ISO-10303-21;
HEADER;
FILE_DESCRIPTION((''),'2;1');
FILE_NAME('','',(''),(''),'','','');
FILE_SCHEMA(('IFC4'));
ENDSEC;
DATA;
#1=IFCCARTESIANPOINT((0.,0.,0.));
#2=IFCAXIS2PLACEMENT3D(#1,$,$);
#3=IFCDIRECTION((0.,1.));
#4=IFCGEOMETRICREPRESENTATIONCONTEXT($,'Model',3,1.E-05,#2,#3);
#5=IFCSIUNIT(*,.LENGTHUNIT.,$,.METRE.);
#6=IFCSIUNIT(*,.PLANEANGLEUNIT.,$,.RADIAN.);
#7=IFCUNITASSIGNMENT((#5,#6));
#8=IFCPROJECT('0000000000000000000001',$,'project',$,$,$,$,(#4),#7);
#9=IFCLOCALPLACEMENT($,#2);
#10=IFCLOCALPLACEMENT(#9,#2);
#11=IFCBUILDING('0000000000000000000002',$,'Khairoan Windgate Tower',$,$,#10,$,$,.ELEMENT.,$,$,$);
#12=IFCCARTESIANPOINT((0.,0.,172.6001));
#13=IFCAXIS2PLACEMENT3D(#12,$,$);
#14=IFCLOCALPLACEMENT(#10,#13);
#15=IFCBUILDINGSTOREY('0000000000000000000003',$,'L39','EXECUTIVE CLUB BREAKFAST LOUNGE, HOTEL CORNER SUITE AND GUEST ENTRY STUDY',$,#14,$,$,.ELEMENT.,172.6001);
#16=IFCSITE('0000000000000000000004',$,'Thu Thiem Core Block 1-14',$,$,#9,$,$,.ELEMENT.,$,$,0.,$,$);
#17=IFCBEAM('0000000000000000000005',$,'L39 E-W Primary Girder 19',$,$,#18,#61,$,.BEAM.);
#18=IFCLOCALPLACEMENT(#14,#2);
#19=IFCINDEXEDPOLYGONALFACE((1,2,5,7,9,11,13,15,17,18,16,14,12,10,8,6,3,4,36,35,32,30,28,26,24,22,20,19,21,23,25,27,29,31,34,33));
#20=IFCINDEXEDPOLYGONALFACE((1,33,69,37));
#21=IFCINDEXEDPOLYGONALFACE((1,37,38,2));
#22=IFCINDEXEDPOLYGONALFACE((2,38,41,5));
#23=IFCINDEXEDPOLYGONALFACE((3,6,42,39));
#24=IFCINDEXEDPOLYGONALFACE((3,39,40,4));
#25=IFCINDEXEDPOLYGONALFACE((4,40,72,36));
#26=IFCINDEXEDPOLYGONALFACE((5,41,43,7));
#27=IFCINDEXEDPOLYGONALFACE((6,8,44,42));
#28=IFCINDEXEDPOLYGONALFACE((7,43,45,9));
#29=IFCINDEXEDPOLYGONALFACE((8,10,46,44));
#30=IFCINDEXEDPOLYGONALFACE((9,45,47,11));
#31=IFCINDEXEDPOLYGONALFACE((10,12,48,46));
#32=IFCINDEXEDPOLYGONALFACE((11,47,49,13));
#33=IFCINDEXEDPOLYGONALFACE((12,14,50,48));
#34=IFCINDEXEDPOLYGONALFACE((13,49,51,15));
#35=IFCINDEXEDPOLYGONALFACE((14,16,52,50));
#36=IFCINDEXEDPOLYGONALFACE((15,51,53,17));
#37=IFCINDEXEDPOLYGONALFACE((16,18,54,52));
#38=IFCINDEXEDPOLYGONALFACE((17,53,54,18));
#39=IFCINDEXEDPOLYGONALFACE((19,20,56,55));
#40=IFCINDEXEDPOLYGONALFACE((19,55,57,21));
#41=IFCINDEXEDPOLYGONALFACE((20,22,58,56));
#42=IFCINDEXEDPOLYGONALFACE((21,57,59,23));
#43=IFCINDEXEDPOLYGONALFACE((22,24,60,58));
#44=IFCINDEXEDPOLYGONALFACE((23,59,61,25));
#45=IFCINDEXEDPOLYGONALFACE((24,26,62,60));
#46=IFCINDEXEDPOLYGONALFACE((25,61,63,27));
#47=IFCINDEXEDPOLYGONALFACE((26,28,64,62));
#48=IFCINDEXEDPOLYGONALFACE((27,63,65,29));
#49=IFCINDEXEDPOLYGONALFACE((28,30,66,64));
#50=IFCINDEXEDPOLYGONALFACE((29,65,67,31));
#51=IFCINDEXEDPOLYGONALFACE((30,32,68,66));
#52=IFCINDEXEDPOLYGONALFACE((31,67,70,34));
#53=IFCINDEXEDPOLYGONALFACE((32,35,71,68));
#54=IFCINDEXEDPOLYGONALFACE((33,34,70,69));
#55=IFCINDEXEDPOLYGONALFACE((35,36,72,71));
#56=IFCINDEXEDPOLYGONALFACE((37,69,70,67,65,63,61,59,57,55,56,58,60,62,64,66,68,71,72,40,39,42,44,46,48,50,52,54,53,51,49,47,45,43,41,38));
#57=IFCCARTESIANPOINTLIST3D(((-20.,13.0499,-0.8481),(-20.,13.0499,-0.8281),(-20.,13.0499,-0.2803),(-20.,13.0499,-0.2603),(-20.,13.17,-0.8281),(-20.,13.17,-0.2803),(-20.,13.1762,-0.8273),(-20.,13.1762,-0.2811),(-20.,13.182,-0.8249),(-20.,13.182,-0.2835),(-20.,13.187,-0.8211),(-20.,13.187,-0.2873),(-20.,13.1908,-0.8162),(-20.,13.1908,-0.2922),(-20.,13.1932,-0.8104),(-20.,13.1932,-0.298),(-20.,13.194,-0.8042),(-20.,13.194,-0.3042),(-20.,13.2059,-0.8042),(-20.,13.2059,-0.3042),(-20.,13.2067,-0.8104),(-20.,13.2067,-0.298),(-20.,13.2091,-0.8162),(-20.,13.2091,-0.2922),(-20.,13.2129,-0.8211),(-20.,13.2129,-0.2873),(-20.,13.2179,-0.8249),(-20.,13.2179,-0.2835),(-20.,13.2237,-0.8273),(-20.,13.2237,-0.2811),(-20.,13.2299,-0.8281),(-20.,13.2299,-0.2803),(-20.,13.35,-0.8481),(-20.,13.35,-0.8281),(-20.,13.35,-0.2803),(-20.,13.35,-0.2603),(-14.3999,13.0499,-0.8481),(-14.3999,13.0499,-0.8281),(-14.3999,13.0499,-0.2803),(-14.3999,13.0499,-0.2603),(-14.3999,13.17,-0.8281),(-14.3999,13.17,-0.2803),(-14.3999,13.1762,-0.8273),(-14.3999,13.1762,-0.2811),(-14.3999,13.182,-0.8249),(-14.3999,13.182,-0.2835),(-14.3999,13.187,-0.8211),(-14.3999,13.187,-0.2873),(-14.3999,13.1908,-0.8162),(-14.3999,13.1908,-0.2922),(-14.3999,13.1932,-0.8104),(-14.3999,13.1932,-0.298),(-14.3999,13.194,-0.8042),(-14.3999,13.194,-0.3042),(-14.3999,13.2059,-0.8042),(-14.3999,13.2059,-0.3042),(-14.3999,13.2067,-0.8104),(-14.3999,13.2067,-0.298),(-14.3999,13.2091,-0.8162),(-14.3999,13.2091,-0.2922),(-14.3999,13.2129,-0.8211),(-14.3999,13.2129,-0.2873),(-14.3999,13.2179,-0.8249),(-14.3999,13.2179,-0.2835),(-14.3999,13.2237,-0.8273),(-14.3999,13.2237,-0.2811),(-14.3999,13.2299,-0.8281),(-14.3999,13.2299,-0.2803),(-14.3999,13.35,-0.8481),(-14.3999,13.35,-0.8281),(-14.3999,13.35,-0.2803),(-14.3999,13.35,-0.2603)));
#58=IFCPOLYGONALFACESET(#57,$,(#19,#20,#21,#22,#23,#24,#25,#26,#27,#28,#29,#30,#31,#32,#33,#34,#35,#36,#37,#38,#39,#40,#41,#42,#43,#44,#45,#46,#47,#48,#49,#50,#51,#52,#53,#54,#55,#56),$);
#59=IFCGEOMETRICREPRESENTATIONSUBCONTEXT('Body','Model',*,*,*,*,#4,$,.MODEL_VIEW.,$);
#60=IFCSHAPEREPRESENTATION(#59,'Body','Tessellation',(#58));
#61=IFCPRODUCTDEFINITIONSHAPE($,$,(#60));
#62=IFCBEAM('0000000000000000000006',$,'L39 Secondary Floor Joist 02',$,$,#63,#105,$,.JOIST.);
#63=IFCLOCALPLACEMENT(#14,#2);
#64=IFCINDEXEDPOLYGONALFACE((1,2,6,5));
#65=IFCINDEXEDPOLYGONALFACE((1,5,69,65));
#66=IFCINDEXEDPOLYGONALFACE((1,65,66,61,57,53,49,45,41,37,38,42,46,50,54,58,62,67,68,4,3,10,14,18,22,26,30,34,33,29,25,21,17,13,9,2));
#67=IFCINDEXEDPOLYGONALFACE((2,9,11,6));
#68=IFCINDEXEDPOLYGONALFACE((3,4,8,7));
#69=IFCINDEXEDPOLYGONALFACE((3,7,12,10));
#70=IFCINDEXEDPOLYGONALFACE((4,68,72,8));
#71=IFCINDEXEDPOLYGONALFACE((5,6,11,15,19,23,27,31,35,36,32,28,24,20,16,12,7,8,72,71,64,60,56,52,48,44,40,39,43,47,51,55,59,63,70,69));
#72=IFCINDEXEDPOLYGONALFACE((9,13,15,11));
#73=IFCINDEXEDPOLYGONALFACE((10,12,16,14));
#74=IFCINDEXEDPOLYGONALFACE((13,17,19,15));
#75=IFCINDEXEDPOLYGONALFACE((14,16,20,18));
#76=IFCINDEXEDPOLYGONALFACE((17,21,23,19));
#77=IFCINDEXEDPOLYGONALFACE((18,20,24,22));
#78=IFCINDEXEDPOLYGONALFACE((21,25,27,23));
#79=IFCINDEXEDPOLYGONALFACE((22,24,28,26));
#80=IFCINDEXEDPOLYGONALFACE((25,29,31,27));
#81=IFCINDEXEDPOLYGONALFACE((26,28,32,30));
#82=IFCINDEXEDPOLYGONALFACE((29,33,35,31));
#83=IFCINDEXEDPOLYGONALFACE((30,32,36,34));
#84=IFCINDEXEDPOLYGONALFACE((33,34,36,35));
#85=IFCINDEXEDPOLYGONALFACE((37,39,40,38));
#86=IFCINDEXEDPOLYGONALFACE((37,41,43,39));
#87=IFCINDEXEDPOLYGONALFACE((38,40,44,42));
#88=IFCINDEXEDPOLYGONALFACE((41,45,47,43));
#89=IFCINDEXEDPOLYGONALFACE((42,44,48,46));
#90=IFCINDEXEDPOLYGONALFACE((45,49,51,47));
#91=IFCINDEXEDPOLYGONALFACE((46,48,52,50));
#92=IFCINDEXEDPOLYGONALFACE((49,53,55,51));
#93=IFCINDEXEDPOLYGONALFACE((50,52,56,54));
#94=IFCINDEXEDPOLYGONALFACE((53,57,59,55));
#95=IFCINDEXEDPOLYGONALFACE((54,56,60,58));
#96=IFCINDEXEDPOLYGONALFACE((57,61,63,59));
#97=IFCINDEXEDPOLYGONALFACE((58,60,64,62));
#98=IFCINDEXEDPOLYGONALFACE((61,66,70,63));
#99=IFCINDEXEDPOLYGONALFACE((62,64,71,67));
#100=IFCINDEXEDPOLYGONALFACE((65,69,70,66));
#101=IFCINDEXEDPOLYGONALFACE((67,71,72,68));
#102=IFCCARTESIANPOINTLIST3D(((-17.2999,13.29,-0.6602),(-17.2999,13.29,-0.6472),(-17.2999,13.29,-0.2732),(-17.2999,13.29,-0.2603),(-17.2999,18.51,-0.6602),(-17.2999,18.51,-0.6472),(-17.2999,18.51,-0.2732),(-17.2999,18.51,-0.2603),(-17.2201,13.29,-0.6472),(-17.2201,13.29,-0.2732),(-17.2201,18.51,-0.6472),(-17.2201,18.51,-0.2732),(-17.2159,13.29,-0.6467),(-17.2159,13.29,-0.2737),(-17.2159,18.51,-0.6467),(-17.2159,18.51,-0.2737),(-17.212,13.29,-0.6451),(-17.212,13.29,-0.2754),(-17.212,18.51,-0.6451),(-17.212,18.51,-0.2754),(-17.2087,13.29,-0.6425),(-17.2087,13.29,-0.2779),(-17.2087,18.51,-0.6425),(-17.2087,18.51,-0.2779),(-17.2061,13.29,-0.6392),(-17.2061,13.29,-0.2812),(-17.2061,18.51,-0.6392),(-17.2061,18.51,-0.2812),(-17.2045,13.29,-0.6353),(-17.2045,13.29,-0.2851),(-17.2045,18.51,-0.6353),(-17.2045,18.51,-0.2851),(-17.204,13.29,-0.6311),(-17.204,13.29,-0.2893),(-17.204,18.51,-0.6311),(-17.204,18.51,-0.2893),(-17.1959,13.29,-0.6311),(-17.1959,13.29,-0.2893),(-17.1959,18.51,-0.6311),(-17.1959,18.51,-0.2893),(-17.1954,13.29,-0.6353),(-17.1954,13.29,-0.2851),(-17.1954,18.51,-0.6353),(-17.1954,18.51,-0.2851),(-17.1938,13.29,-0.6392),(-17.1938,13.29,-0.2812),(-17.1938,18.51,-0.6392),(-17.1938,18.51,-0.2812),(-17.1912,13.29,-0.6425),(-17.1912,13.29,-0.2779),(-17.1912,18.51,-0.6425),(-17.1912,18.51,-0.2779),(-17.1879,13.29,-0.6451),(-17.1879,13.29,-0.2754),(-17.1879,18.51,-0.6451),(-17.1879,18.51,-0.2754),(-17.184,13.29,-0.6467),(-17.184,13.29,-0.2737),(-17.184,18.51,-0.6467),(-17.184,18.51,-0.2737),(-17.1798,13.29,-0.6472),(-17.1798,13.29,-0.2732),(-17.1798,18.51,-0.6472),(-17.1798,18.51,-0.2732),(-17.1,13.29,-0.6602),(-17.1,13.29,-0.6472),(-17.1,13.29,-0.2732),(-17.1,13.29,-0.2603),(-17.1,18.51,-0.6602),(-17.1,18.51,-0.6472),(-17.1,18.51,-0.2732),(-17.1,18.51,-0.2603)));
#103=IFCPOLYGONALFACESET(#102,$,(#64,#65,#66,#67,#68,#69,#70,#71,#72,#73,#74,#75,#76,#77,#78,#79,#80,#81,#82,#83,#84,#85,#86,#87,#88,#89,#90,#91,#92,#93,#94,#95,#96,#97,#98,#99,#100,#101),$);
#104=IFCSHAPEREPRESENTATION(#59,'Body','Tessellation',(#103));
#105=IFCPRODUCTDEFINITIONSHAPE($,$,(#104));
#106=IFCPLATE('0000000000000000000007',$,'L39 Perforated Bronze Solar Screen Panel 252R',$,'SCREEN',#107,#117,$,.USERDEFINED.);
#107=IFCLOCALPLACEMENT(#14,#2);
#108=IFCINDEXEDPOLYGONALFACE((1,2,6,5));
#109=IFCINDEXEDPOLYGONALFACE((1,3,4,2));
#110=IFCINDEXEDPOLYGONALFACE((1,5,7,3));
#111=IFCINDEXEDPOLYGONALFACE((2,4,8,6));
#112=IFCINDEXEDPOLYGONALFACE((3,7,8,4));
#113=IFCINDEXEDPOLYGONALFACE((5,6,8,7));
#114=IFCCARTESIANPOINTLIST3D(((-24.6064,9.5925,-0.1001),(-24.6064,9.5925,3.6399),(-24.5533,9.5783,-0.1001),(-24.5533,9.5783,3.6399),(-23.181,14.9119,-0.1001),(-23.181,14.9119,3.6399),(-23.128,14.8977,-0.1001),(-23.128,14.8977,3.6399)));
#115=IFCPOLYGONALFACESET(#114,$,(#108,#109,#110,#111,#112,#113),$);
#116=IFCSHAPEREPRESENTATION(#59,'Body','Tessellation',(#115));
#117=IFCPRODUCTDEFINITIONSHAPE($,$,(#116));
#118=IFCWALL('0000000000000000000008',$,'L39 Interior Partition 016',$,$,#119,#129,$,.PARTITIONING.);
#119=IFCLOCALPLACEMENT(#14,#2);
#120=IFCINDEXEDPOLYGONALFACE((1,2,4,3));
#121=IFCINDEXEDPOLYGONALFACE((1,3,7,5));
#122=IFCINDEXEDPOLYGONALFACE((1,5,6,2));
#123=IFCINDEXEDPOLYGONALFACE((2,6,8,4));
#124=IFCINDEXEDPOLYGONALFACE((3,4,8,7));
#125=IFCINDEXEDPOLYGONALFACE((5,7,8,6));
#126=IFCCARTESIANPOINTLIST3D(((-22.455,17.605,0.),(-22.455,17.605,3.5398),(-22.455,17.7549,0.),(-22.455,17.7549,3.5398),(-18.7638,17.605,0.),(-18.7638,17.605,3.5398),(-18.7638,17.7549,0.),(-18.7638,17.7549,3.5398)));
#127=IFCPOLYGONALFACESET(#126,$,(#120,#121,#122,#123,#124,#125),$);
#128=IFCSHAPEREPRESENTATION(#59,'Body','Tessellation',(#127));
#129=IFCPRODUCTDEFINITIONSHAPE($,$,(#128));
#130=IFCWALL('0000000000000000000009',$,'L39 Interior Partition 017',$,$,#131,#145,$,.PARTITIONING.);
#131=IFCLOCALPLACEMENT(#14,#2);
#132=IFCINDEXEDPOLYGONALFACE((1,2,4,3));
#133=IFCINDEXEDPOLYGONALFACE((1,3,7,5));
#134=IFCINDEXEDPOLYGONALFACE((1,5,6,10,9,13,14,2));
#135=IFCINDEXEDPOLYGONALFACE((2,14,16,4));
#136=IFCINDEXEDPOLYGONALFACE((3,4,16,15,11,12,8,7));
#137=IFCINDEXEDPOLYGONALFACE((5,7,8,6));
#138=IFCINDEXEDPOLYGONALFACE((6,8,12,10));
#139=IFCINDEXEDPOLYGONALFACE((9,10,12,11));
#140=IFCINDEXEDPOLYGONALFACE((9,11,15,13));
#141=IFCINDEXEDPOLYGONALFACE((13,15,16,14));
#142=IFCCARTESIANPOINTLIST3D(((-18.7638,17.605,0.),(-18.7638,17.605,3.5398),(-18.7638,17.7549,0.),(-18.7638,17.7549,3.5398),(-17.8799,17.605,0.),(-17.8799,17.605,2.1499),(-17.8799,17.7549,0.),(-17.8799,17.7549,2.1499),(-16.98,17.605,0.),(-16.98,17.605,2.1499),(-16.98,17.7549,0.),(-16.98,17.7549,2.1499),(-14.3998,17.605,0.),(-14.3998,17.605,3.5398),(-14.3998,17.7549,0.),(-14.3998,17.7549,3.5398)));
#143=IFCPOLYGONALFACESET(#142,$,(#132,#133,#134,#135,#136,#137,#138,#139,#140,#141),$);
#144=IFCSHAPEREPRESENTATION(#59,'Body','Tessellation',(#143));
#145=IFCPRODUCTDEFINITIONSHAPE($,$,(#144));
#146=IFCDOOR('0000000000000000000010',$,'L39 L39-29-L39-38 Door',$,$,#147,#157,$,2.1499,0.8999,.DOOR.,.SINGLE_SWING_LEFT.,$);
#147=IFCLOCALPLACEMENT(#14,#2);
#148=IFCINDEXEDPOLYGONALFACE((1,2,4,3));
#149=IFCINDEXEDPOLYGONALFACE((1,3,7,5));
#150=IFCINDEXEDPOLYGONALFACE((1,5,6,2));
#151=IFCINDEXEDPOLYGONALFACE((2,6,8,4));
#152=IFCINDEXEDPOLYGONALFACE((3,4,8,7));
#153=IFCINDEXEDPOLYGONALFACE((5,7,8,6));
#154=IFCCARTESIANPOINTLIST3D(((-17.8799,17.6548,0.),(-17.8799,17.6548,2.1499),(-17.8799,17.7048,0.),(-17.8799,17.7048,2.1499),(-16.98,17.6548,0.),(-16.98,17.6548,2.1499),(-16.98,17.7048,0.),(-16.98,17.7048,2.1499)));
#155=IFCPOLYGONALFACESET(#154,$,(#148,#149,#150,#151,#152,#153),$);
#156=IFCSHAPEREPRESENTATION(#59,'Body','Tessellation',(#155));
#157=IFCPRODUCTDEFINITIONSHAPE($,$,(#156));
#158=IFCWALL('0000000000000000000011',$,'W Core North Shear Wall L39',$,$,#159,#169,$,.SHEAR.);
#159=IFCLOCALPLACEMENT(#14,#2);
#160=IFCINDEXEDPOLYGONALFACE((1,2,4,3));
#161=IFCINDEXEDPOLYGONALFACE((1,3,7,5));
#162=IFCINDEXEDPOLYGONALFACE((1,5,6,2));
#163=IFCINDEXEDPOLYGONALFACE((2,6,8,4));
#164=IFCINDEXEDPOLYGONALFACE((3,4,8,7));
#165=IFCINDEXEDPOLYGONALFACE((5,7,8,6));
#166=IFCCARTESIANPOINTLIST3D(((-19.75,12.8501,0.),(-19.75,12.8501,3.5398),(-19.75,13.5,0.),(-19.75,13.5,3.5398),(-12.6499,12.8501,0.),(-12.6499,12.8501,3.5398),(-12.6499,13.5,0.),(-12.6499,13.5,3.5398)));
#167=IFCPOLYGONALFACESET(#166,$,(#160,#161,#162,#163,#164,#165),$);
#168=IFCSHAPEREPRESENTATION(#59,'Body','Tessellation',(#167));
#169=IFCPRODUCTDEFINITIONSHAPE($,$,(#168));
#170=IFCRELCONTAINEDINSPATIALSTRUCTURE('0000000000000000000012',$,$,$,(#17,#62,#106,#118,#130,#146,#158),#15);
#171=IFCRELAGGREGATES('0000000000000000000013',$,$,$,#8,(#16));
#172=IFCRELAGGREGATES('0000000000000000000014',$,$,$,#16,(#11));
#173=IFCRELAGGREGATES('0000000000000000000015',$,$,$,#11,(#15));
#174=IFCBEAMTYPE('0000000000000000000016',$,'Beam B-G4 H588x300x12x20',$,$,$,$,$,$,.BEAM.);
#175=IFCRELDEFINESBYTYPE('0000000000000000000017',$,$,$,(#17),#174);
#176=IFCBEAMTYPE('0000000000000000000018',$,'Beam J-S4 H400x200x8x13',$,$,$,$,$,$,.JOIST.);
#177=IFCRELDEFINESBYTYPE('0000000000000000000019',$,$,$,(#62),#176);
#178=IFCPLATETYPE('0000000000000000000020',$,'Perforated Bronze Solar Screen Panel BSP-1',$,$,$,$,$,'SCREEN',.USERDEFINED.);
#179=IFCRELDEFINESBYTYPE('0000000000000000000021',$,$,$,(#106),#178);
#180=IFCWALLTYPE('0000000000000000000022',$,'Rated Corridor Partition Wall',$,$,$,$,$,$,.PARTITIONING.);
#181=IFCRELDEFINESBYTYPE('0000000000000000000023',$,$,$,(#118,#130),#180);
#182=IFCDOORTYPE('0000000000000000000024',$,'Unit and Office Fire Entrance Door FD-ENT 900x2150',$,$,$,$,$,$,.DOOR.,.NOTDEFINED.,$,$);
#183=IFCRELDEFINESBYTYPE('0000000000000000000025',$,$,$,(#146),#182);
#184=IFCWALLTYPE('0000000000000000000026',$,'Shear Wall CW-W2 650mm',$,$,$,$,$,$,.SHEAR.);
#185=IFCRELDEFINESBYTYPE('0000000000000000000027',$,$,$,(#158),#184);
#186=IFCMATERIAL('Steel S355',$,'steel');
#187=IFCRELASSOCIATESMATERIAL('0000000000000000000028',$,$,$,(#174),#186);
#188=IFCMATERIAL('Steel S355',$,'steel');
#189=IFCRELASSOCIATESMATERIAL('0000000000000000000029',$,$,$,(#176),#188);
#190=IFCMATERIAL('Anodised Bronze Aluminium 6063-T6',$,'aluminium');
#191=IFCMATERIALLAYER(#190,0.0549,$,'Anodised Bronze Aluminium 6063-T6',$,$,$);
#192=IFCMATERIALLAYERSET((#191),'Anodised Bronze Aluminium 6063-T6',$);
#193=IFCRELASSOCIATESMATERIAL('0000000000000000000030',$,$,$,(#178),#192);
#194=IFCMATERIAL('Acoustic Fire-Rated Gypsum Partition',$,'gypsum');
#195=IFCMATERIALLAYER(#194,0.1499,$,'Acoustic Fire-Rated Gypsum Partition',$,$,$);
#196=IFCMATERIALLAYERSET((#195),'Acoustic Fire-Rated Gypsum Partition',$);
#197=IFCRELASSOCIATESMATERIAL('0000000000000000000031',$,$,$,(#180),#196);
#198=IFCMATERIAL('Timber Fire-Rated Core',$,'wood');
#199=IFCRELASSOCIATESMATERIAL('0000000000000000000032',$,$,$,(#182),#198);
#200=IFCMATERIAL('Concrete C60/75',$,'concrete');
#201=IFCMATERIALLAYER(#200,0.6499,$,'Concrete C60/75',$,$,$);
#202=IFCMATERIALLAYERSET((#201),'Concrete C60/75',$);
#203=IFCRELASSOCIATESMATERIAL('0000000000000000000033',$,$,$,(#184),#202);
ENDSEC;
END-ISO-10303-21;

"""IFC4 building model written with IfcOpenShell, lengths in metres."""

from ifc_helpers import new_model, si_unit, direction, frame, frame_2d, origin, origin_2d, place, context, subcontext, project, spatial, rectangle, i_section, extrude, material, layer, layer_set, material_profile, profile_set, type_object, element, fill, save


model = new_model("IFC4")

# Units and contexts
model_context = context("Model", 3, precision=1e-05, world=origin(), true_north=direction((0.0, 1.0)))
body_context = subcontext(model_context, "Body", "Model", "MODEL_VIEW")
ifc_project = project(units=[si_unit("LENGTHUNIT", "METRE"), si_unit("PLANEANGLEUNIT", "RADIAN")], contexts=[model_context])

# Site, building, storey
site_placement = place(None, origin())
site = spatial("IfcSite", under=ifc_project, at=site_placement, Name="Thu Thiem Core Block 1-14", CompositionType="ELEMENT", RefElevation=0.0)
building_placement = place(site_placement, origin())
building = spatial("IfcBuilding", under=site, at=building_placement, Name="Khairoan Windgate Tower", CompositionType="ELEMENT")
storey_placement = place(building_placement, frame((0.0, 0.0, 172.6001)))
storey = spatial("IfcBuildingStorey", under=building, at=storey_placement, Name="L39", Description="EXECUTIVE CLUB BREAKFAST LOUNGE, HOTEL CORNER SUITE AND GUEST ENTRY STUDY", CompositionType="ELEMENT", Elevation=172.6001)

# Beams
ifc_material_1 = material(Name="Steel S355", Category="steel")
ifc_material_profile_1 = material_profile(ifc_material_1, i_section(OverallWidth=0.3, OverallDepth=0.5879, WebThickness=0.012, FlangeThickness=0.02, FilletRadius=0.0239, at=origin_2d()))
ifc_profile_set_1 = profile_set([ifc_material_profile_1], Name="Steel S355")
beam_type_1 = type_object("IfcBeamType", Name="Beam B-G4 H588x300x12x20", PredefinedType="BEAM", material=ifc_profile_set_1)
beam_1_placement = place(storey_placement, frame((-20.0, 13.2, -0.5542), z_axis=(1.0, 0.0, 0.0), x_axis=(0.0, 1.0, 0.0)))
element("IfcBeam", 1, at=beam_1_placement, inside=storey, type_object=beam_type_1, Name="L39 E-W Primary Girder 19", PredefinedType="BEAM", context=body_context, shape_type="SweptSolid", body=[
    extrude(i_section(OverallWidth=0.3, OverallDepth=0.5879, WebThickness=0.012, FlangeThickness=0.02, FilletRadius=0.0239, at=origin_2d()), origin(), (0.0, 0.0, 1.0), 5.6001),
])
ifc_material_2 = material(Name="Steel S355", Category="steel")
ifc_material_profile_2 = material_profile(ifc_material_2, i_section(OverallWidth=0.2, OverallDepth=0.3999, WebThickness=0.0081, FlangeThickness=0.0129, FilletRadius=0.0161, at=origin_2d()))
ifc_profile_set_2 = profile_set([ifc_material_profile_2], Name="Steel S355")
beam_type_2 = type_object("IfcBeamType", Name="Beam J-S4 H400x200x8x13", PredefinedType="JOIST", material=ifc_profile_set_2)
beam_2_placement = place(storey_placement, frame((-17.2, 13.29, -0.4602), z_axis=(0.0, 1.0, 0.0), x_axis=(-1.0, 0.0, 0.0)))
element("IfcBeam", 2, at=beam_2_placement, inside=storey, type_object=beam_type_2, Name="L39 Secondary Floor Joist 02", PredefinedType="JOIST", context=body_context, shape_type="SweptSolid", body=[
    extrude(i_section(OverallWidth=0.2, OverallDepth=0.3999, WebThickness=0.0081, FlangeThickness=0.0129, FilletRadius=0.0161, at=origin_2d()), origin(), (0.0, 0.0, 1.0), 5.22),
])

# Plate
ifc_material_3 = material(Name="Anodised Bronze Aluminium 6063-T6", Category="aluminium")
ifc_layer_1 = layer(ifc_material_3, 0.0549, Name="Anodised Bronze Aluminium 6063-T6")
ifc_layer_set_1 = layer_set([ifc_layer_1], Name="Anodised Bronze Aluminium 6063-T6")
plate_type = type_object("IfcPlateType", Name="Perforated Bronze Solar Screen Panel BSP-1", ElementType="SCREEN", PredefinedType="USERDEFINED", material=ifc_layer_set_1)
plate_placement = place(storey_placement, frame((-23.8672, 12.2451, -0.1001), z_axis=(0.0, 0.0, 1.0), x_axis=(0.258819, 0.965926, 0.0)))
element("IfcPlate", 3, at=plate_placement, inside=storey, type_object=plate_type, Name="L39 Perforated Bronze Solar Screen Panel 252R", ObjectType="SCREEN", PredefinedType="USERDEFINED", context=body_context, shape_type="SweptSolid", body=[
    extrude(rectangle(XDim=5.5071, YDim=0.0549, at=origin_2d()), origin(), (0.0, 0.0, 1.0), 3.74),
])

# Wall
ifc_material_4 = material(Name="Acoustic Fire-Rated Gypsum Partition", Category="gypsum")
ifc_layer_2 = layer(ifc_material_4, 0.1499, Name="Acoustic Fire-Rated Gypsum Partition")
ifc_layer_set_2 = layer_set([ifc_layer_2], Name="Acoustic Fire-Rated Gypsum Partition")
wall_type_1 = type_object("IfcWallType", Name="Rated Corridor Partition Wall", PredefinedType="PARTITIONING", material=ifc_layer_set_2)
wall_1_placement = place(storey_placement, frame((-22.4551, 17.6799, 0.0), z_axis=(0.0, 0.0, 1.0), x_axis=(1.0, 0.0, 0.0)))
element("IfcWall", 4, at=wall_1_placement, inside=storey, type_object=wall_type_1, Name="L39 Interior Partition 016", PredefinedType="PARTITIONING", context=body_context, shape_type="SweptSolid", body=[
    extrude(rectangle(XDim=3.6912, YDim=0.1499, at=frame_2d((1.8457, 0.0))), origin(), (0.0, 0.0, 1.0), 3.5398),
])

# Wall, opening, door
wall_2_placement = place(storey_placement, frame((-18.7639, 17.6799, 0.0), z_axis=(0.0, 0.0, 1.0), x_axis=(1.0, 0.0, 0.0)))
wall_2 = element("IfcWall", 5, at=wall_2_placement, inside=storey, type_object=wall_type_1, Name="L39 Interior Partition 017", PredefinedType="PARTITIONING", context=body_context, shape_type="SweptSolid", body=[
    extrude(rectangle(XDim=4.364, YDim=0.1499, at=frame_2d((2.1821, 0.0))), origin(), (0.0, 0.0, 1.0), 3.5398),
])
opening_1_placement = place(wall_2_placement, frame((0.884, 0.0, 0.0)))
opening_1 = element("IfcOpeningElement", 6, at=opening_1_placement, cuts=wall_2, PredefinedType="OPENING", context=body_context, shape_type="SweptSolid", body=[
    extrude(rectangle(XDim=0.8999, YDim=2.1499, at=frame_2d((0.45, 1.075))), frame((0.0, 0.085, 0.0), z_axis=(0.0, -1.0, 0.0), x_axis=(1.0, 0.0, 0.0)), (0.0, 0.0, 1.0), 0.1699),
])
ifc_material_5 = material(Name="Timber Fire-Rated Core", Category="wood")
door_type = type_object("IfcDoorType", Name="Unit and Office Fire Entrance Door FD-ENT 900x2150", OperationType="NOTDEFINED", PredefinedType="DOOR", material=ifc_material_5)
door_1_placement = place(opening_1_placement, origin())
door_1 = element("IfcDoor", 7, at=door_1_placement, inside=storey, type_object=door_type, Name="L39 L39-29-L39-38 Door", OperationType="SINGLE_SWING_LEFT", OverallHeight=2.1499, OverallWidth=0.8999, PredefinedType="DOOR", context=body_context, shape_type="SweptSolid", body=[
    extrude(rectangle(XDim=0.8999, YDim=2.1499, at=frame_2d((0.45, 1.075))), frame((0.0, 0.0249, 0.0), z_axis=(0.0, -1.0, 0.0), x_axis=(1.0, 0.0, 0.0)), (0.0, 0.0, 1.0), 0.05),
])
fill(opening_1, door_1)

# Wall
ifc_material_6 = material(Name="Concrete C60/75", Category="concrete")
ifc_layer_3 = layer(ifc_material_6, 0.6499, Name="Concrete C60/75")
ifc_layer_set_3 = layer_set([ifc_layer_3], Name="Concrete C60/75")
wall_type_2 = type_object("IfcWallType", Name="Shear Wall CW-W2 650mm", PredefinedType="SHEAR", material=ifc_layer_set_3)
wall_3_placement = place(storey_placement, frame((-19.75, 13.175, 0.0), z_axis=(0.0, 0.0, 1.0), x_axis=(1.0, 0.0, 0.0)))
element("IfcWall", 8, at=wall_3_placement, inside=storey, type_object=wall_type_2, Name="W Core North Shear Wall L39", PredefinedType="SHEAR", context=body_context, shape_type="SweptSolid", body=[
    extrude(rectangle(XDim=7.1001, YDim=0.6499, at=frame_2d((3.55, 0.0))), origin(), (0.0, 0.0, 1.0), 3.5398),
])

save(model, "model.ifc")
